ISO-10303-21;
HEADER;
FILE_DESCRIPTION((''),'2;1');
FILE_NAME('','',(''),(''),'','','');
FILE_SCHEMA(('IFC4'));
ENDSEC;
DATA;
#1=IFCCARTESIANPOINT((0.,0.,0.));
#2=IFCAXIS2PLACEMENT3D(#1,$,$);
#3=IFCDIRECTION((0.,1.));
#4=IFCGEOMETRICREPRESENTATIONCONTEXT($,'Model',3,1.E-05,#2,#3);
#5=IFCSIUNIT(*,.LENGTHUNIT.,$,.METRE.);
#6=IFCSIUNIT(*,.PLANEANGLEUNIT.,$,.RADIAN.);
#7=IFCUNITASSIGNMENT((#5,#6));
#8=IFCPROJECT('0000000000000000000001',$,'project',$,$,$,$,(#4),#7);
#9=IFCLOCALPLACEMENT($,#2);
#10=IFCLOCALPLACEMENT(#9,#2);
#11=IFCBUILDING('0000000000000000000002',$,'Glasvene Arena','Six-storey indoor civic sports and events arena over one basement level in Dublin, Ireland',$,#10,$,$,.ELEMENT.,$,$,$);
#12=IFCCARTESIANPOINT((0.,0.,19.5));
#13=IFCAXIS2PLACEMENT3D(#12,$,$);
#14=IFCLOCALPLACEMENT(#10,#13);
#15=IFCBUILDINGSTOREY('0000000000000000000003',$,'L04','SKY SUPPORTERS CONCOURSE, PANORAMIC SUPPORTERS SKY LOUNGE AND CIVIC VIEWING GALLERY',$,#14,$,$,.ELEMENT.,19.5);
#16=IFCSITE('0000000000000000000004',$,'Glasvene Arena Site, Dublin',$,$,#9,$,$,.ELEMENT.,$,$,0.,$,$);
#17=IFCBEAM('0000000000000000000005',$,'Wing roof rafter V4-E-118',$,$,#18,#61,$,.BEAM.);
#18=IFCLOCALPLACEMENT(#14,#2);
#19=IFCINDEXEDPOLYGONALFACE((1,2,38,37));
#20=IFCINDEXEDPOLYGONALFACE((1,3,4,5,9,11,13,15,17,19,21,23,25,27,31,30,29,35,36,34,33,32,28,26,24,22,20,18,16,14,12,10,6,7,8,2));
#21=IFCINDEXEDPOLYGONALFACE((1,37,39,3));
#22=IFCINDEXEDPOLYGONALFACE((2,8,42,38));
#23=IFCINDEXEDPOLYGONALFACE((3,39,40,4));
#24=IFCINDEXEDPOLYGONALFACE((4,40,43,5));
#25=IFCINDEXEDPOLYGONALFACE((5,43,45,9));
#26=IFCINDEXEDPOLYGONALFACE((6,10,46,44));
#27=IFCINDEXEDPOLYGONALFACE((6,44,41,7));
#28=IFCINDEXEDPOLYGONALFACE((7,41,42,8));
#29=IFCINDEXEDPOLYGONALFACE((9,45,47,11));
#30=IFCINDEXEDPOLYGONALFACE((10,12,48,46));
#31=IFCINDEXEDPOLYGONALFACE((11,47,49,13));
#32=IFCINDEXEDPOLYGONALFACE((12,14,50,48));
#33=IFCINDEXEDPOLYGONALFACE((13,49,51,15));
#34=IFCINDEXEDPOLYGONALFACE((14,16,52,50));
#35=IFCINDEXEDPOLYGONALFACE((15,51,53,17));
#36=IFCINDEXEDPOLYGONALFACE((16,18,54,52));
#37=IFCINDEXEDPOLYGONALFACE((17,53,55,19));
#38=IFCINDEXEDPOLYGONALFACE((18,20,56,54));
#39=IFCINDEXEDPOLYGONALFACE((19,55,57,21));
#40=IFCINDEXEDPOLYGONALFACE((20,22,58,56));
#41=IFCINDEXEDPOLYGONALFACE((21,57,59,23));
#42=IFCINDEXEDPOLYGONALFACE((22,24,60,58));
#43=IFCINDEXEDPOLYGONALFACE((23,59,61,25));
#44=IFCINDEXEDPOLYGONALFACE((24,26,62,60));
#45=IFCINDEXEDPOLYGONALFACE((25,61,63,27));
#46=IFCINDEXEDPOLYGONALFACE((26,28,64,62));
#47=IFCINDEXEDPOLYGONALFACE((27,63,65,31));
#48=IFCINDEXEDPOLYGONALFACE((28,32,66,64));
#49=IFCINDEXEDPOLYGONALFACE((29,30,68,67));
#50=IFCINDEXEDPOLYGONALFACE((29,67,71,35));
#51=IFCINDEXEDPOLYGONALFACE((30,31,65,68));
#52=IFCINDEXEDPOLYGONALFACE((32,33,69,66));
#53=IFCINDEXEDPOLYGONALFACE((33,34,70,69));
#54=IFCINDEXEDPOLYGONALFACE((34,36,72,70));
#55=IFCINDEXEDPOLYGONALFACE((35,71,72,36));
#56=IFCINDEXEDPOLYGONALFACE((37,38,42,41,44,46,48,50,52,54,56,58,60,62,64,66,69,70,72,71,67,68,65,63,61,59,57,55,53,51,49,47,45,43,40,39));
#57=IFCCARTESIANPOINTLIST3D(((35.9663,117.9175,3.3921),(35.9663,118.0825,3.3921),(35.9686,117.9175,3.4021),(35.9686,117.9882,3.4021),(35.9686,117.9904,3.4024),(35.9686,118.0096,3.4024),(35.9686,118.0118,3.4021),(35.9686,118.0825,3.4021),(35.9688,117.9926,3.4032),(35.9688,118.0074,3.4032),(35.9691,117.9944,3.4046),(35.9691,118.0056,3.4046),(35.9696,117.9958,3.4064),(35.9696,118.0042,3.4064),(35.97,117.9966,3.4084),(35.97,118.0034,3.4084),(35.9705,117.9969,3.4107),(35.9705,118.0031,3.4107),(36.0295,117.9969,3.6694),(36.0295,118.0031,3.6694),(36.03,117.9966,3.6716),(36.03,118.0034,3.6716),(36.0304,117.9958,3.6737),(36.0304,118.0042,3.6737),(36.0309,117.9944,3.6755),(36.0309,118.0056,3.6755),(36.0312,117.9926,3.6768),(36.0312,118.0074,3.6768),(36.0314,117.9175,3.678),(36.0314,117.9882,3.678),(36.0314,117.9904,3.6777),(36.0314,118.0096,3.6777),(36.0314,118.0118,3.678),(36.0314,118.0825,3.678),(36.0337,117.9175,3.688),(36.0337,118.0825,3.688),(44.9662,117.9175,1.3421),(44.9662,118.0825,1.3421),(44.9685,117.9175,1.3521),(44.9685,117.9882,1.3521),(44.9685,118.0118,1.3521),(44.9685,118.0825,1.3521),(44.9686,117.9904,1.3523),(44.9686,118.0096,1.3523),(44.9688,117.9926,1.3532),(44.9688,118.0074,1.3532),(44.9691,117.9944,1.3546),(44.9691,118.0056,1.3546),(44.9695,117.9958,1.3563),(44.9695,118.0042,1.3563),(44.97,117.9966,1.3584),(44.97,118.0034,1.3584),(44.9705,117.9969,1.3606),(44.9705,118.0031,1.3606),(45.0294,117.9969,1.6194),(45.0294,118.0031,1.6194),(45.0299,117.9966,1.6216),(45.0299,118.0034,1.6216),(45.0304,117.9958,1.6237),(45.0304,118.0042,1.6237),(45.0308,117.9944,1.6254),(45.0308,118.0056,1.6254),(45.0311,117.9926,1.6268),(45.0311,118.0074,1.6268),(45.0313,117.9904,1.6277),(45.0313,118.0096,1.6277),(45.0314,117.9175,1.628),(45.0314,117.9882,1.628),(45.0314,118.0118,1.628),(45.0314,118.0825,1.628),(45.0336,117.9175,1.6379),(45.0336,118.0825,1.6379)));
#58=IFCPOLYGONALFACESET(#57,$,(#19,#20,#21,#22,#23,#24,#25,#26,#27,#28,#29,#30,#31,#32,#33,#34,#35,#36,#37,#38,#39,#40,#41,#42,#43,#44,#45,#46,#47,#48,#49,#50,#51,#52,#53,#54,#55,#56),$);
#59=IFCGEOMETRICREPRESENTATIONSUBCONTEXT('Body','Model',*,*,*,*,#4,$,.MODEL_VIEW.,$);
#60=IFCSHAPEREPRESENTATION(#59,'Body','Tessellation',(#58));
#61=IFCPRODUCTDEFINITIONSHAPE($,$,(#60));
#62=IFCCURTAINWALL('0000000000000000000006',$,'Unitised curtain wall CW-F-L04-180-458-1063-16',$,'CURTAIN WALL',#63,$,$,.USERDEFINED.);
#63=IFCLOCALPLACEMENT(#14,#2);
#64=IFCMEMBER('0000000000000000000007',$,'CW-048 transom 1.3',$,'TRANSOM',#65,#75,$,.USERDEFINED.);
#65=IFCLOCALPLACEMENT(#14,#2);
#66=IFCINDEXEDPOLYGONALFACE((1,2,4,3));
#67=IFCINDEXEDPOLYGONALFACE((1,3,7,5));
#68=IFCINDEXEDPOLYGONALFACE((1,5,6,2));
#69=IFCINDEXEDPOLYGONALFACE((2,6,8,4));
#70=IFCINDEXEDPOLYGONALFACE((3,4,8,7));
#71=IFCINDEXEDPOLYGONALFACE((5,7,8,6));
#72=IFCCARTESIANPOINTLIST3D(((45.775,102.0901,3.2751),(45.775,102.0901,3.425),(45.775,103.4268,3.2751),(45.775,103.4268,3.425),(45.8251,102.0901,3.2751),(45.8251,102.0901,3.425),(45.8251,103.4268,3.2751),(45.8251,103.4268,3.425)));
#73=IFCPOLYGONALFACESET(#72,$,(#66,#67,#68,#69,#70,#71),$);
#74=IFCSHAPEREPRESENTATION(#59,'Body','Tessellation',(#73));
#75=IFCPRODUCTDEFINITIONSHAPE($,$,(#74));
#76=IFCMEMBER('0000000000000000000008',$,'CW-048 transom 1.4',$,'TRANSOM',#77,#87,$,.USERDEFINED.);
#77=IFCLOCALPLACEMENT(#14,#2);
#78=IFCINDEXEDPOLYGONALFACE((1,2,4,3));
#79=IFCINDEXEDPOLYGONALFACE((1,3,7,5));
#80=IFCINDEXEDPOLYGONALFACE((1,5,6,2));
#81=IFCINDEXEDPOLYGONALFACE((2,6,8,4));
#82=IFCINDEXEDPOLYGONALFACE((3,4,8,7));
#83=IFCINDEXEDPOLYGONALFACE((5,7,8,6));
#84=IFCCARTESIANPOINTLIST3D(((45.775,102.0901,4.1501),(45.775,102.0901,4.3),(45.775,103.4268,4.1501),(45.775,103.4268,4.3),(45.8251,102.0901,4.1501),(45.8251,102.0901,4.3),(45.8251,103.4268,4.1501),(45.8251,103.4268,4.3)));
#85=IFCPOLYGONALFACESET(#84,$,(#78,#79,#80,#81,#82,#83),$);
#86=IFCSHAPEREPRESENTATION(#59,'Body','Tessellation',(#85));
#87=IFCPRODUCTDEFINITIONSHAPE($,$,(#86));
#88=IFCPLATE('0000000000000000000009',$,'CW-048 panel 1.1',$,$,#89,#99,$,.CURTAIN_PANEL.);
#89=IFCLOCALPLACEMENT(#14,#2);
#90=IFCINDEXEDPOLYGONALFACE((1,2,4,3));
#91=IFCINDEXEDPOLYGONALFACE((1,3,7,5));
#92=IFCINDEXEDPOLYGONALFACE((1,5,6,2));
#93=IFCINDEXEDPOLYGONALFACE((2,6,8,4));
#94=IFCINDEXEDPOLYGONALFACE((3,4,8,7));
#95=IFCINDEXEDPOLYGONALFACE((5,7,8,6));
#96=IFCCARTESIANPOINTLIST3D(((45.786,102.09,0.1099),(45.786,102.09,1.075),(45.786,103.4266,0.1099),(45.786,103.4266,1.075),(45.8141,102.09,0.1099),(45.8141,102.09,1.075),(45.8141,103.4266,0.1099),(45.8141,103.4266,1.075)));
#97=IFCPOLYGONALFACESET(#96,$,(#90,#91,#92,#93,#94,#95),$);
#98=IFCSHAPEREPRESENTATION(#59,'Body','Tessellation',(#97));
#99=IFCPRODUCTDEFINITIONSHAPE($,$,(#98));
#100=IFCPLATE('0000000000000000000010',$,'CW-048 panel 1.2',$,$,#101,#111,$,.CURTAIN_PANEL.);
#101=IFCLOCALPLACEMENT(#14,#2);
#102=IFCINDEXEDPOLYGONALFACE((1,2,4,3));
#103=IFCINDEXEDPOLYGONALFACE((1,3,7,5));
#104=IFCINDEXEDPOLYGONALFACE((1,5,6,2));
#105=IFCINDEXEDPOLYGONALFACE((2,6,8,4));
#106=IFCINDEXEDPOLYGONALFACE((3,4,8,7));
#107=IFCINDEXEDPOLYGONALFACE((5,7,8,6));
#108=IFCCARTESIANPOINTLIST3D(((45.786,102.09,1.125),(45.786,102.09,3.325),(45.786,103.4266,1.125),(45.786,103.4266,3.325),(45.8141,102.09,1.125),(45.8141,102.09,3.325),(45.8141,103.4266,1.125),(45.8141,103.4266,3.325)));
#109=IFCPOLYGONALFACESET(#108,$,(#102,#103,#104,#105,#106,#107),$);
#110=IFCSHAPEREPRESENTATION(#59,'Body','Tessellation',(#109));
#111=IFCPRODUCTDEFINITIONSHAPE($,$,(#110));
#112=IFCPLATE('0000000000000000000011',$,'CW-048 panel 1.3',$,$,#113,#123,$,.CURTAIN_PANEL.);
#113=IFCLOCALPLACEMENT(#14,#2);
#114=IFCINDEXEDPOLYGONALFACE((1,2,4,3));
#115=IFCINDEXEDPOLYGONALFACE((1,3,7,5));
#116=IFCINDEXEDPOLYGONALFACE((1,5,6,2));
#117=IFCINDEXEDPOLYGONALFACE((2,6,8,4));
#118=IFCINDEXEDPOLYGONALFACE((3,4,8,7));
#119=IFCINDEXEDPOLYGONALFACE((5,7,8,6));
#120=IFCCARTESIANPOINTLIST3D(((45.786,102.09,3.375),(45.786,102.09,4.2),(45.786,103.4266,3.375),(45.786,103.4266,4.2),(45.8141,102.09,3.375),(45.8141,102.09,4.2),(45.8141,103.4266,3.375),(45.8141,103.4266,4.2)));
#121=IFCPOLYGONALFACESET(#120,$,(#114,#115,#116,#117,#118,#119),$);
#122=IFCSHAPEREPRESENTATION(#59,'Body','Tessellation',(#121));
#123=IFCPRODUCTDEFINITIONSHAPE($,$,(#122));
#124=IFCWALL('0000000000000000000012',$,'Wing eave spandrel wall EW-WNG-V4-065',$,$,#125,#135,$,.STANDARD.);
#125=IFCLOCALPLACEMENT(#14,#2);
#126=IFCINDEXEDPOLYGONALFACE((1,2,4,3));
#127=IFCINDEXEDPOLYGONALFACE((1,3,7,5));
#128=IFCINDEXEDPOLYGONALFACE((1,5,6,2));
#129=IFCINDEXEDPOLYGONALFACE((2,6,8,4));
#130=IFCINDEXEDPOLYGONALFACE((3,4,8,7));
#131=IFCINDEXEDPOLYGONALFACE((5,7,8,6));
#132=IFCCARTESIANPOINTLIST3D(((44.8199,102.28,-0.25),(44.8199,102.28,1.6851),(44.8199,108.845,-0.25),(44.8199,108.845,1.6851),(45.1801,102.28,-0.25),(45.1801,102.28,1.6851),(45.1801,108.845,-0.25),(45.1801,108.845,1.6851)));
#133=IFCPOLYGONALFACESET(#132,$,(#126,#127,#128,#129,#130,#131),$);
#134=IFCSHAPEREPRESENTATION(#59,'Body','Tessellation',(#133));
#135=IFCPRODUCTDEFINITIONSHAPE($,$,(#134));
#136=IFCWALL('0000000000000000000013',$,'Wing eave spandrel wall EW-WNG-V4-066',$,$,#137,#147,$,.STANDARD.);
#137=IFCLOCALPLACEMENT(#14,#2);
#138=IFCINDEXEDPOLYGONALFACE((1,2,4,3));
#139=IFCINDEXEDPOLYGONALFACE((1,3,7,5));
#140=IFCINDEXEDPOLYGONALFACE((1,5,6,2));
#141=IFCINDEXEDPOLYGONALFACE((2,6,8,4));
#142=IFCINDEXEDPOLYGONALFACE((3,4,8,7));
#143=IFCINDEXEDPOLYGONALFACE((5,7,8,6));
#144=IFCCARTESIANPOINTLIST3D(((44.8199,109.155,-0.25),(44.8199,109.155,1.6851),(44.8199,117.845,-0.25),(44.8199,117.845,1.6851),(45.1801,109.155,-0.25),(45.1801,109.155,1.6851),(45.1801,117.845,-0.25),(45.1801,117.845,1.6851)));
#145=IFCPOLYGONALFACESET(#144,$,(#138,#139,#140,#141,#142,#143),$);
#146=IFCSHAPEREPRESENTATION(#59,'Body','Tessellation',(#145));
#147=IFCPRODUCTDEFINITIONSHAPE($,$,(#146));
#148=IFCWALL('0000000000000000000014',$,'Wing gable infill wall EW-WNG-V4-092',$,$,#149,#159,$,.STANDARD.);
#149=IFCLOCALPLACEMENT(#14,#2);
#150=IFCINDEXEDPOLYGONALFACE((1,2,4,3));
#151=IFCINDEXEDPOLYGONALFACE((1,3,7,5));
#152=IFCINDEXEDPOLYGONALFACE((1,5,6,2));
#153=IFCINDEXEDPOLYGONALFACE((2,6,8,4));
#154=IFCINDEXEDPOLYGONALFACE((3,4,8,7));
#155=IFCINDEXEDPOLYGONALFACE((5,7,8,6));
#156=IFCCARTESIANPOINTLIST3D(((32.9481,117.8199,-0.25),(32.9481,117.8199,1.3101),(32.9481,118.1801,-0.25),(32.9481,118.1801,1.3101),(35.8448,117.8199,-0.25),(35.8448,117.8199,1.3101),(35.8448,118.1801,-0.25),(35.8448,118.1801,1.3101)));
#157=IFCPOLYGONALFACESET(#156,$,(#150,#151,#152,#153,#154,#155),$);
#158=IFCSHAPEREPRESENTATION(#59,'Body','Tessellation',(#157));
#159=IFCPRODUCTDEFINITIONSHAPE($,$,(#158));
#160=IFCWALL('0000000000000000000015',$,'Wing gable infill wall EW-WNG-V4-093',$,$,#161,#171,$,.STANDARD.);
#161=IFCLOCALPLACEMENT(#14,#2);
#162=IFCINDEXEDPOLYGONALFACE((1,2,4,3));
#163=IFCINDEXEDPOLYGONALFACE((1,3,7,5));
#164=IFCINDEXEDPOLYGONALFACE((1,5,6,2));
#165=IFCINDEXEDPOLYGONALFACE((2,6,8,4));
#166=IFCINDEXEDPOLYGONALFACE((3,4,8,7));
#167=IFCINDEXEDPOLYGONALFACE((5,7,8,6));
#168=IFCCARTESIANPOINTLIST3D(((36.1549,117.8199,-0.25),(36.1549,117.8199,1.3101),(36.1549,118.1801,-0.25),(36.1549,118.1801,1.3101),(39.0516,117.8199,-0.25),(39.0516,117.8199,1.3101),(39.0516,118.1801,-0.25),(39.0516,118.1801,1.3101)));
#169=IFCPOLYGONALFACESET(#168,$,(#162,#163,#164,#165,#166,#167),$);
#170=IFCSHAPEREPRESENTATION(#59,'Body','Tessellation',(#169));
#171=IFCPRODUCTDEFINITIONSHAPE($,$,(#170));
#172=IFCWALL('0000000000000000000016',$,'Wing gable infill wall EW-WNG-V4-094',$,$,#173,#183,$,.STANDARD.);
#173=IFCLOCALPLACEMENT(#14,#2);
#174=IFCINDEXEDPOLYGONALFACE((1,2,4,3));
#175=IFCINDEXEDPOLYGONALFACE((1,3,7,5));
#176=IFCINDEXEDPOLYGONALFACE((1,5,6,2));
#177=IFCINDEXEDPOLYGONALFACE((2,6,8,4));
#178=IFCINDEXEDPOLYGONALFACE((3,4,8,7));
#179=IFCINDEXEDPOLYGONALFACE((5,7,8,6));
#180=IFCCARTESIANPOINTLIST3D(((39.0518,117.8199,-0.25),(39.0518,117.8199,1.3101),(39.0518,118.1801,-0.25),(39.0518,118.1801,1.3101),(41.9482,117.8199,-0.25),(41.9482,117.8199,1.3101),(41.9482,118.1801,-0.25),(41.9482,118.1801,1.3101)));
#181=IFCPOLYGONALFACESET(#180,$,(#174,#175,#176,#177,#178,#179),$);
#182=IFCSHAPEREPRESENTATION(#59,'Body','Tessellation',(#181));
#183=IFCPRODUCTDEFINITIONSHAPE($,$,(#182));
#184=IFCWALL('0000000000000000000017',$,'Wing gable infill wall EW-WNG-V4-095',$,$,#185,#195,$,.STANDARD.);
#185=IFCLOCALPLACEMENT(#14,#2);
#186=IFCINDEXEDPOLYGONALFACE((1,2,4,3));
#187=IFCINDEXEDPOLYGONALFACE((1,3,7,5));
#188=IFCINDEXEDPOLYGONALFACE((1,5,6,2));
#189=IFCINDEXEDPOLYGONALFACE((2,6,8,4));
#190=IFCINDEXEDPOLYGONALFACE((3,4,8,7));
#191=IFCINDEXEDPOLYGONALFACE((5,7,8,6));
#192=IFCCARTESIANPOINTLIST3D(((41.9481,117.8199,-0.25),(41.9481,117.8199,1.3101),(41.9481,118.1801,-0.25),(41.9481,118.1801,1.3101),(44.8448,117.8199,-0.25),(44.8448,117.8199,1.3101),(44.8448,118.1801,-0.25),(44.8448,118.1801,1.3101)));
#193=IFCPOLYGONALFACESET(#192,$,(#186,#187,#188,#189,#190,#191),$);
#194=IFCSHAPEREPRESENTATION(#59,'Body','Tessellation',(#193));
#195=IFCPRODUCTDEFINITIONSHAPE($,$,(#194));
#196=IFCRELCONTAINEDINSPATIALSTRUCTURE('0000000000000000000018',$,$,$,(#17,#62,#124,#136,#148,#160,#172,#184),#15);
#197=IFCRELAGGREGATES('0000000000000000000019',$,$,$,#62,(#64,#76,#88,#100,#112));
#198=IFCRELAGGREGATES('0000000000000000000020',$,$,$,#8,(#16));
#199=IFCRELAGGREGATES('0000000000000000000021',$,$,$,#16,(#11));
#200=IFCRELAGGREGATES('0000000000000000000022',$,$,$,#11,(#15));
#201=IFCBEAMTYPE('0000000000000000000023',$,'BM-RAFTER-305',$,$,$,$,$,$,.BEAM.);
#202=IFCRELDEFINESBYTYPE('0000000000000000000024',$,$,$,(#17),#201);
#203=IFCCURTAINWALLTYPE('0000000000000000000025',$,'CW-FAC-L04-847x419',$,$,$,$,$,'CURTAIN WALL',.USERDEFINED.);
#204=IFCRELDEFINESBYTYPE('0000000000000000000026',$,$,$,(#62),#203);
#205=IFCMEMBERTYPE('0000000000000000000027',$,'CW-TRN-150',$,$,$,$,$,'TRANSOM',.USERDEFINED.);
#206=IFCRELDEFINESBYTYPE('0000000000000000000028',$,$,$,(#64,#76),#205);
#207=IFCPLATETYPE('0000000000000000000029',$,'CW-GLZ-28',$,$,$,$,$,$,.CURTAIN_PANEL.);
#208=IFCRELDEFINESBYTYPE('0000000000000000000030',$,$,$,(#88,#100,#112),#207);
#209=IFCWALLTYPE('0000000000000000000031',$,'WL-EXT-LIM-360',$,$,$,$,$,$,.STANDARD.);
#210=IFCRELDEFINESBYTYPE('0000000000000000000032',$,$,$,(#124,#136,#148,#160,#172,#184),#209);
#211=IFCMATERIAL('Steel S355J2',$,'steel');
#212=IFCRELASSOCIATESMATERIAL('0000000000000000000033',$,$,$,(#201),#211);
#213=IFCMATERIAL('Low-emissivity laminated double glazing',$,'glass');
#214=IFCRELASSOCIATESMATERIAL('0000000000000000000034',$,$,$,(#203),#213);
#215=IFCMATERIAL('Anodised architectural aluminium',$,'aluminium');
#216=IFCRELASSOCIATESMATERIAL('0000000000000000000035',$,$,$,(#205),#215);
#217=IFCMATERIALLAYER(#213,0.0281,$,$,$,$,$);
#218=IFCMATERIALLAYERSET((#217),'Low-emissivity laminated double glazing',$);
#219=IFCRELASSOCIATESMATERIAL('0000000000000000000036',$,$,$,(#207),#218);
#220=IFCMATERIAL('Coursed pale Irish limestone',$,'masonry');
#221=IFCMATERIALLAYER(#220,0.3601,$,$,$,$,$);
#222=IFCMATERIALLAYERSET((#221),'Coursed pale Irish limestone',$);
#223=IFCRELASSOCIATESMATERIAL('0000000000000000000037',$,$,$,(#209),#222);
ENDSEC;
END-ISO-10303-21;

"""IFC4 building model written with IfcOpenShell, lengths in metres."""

from ifc_helpers import new_model, si_unit, direction, frame, frame_2d, origin, origin_2d, place, context, subcontext, project, spatial, rectangle, i_section, extrude, material, layer, layer_set, material_profile, profile_set, type_object, element, aggregate, save


model = new_model("IFC4")

# Units and contexts
model_context = context("Model", 3, precision=1e-05, world=origin(), true_north=direction((0.0, 1.0)))
body_context = subcontext(model_context, "Body", "Model", "MODEL_VIEW")
ifc_project = project(units=[si_unit("LENGTHUNIT", "METRE"), si_unit("PLANEANGLEUNIT", "RADIAN")], contexts=[model_context])

# Site, building, storey
site_placement = place(None, origin())
site = spatial("IfcSite", under=ifc_project, at=site_placement, Name="Glasvene Arena Site, Dublin", CompositionType="ELEMENT", RefElevation=0.0)
building_placement = place(site_placement, origin())
building = spatial("IfcBuilding", under=site, at=building_placement, Name="Glasvene Arena", Description="Six-storey indoor civic sports and events arena over one basement level in Dublin, Ireland", CompositionType="ELEMENT")
storey_placement = place(building_placement, frame((0.0, 0.0, 19.5)))
storey = spatial("IfcBuildingStorey", under=building, at=storey_placement, Name="L04", Description="SKY SUPPORTERS CONCOURSE, PANORAMIC SUPPORTERS SKY LOUNGE AND CIVIC VIEWING GALLERY", CompositionType="ELEMENT", Elevation=19.5)

# Shared definitions
ifc_material_1 = material(Name="Steel S355J2", Category="steel")

# Beam
ifc_material_profile_1 = material_profile(ifc_material_1, i_section(OverallWidth=0.165, OverallDepth=0.3035, WebThickness=0.0061, FlangeThickness=0.0103, FilletRadius=0.0088, at=origin_2d()), Name="UKB 305x165x40")
ifc_profile_set_1 = profile_set([ifc_material_profile_1], Name="Steel S355J2")
beam_type_1 = type_object("IfcBeamType", Name="BM-RAFTER-305", PredefinedType="BEAM", material=ifc_profile_set_1)
for number, where, z_axis, x_axis, name in (
    (1, (36.0, 118.0, 3.54), (0.975025, 0.0, -0.222094), (0.0, 1.0, 0.0), "Wing roof rafter V4-E-118"),
):
    element("IfcBeam", number, at=place(storey_placement, frame(where, z_axis=z_axis, x_axis=x_axis)), inside=storey, type_object=beam_type_1, Name=name, PredefinedType="BEAM", context=body_context, shape_type="SweptSolid", body=[
        extrude(i_section(OverallWidth=0.165, OverallDepth=0.3035, WebThickness=0.0061, FlangeThickness=0.0103, FilletRadius=0.0088, at=origin_2d()), origin(), (0.0, 0.0, 1.0), 9.2305),
    ])

# Curtain wall, members, plates
ifc_material_2 = material(Name="Low-emissivity laminated double glazing", Category="glass")
curtain_wall_type = type_object("IfcCurtainWallType", Name="CW-FAC-L04-847x419", ElementType="CURTAIN WALL", PredefinedType="USERDEFINED", material=ifc_material_2)
curtain_wall_placement = place(storey_placement, frame((45.8, 102.04, 0.0)))
curtain_wall = element("IfcCurtainWall", 2, at=curtain_wall_placement, inside=storey, type_object=curtain_wall_type, Name="Unitised curtain wall CW-F-L04-180-458-1063-16", ObjectType="CURTAIN WALL", PredefinedType="USERDEFINED")
ifc_material_3 = material(Name="Anodised architectural aluminium", Category="aluminium")
ifc_material_profile_2 = material_profile(ifc_material_3, rectangle(XDim=0.05, YDim=0.1499, at=origin_2d()), Name="ALU TRANSOM 50x150")
ifc_profile_set_2 = profile_set([ifc_material_profile_2], Name="Anodised architectural aluminium")
member_type = type_object("IfcMemberType", Name="CW-TRN-150", ElementType="TRANSOM", PredefinedType="USERDEFINED", material=ifc_profile_set_2)
member_1_placement = place(storey_placement, frame((45.8, 102.0901, 3.3501), z_axis=(0.0, 1.0, 0.0), x_axis=(-1.0, 0.0, 0.0)))
member_1 = element("IfcMember", 3, at=member_1_placement, type_object=member_type, Name="CW-048 transom 1.3", ObjectType="TRANSOM", PredefinedType="USERDEFINED", context=body_context, shape_type="SweptSolid", body=[
    extrude(rectangle(XDim=0.05, YDim=0.1499, at=origin_2d()), origin(), (0.0, 0.0, 1.0), 1.3367),
])
member_2_placement = place(storey_placement, frame((45.8, 102.0901, 4.2251), z_axis=(0.0, 1.0, 0.0), x_axis=(-1.0, 0.0, 0.0)))
member_2 = element("IfcMember", 4, at=member_2_placement, type_object=member_type, Name="CW-048 transom 1.4", ObjectType="TRANSOM", PredefinedType="USERDEFINED", context=body_context, shape_type="SweptSolid", body=[
    extrude(rectangle(XDim=0.05, YDim=0.1499, at=origin_2d()), origin(), (0.0, 0.0, 1.0), 1.3367),
])
ifc_layer_1 = layer(ifc_material_2, 0.0281)
ifc_layer_set_1 = layer_set([ifc_layer_1], Name="Low-emissivity laminated double glazing")
plate_type = type_object("IfcPlateType", Name="CW-GLZ-28", PredefinedType="CURTAIN_PANEL", material=ifc_layer_set_1)
plate_1_placement = place(storey_placement, frame((45.8, 102.7583, 0.1099), z_axis=(0.0, 0.0, 1.0), x_axis=(0.0, 1.0, 0.0)))
plate_1 = element("IfcPlate", 5, at=plate_1_placement, type_object=plate_type, Name="CW-048 panel 1.1", PredefinedType="CURTAIN_PANEL", context=body_context, shape_type="SweptSolid", body=[
    extrude(rectangle(XDim=1.3367, YDim=0.0281, at=origin_2d()), origin(), (0.0, 0.0, 1.0), 0.9651),
])
plate_2_placement = place(storey_placement, frame((45.8, 102.7583, 1.125), z_axis=(0.0, 0.0, 1.0), x_axis=(0.0, 1.0, 0.0)))
plate_2 = element("IfcPlate", 6, at=plate_2_placement, type_object=plate_type, Name="CW-048 panel 1.2", PredefinedType="CURTAIN_PANEL", context=body_context, shape_type="SweptSolid", body=[
    extrude(rectangle(XDim=1.3367, YDim=0.0281, at=origin_2d()), origin(), (0.0, 0.0, 1.0), 2.2),
])
plate_3_placement = place(storey_placement, frame((45.8, 102.7583, 3.375), z_axis=(0.0, 0.0, 1.0), x_axis=(0.0, 1.0, 0.0)))
plate_3 = element("IfcPlate", 7, at=plate_3_placement, type_object=plate_type, Name="CW-048 panel 1.3", PredefinedType="CURTAIN_PANEL", context=body_context, shape_type="SweptSolid", body=[
    extrude(rectangle(XDim=1.3367, YDim=0.0281, at=origin_2d()), origin(), (0.0, 0.0, 1.0), 0.825),
])
aggregate(curtain_wall, [member_1, member_2, plate_1, plate_2, plate_3])

# Walls
ifc_material_4 = material(Name="Coursed pale Irish limestone", Category="masonry")
ifc_layer_2 = layer(ifc_material_4, 0.3601)
ifc_layer_set_2 = layer_set([ifc_layer_2], Name="Coursed pale Irish limestone")
wall_type = type_object("IfcWallType", Name="WL-EXT-LIM-360", PredefinedType="STANDARD", material=ifc_layer_set_2)
wall_1_placement = place(storey_placement, frame((45.0, 102.28, -0.25), z_axis=(0.0, 0.0, 1.0), x_axis=(0.0, 1.0, 0.0)))
element("IfcWall", 8, at=wall_1_placement, inside=storey, type_object=wall_type, Name="Wing eave spandrel wall EW-WNG-V4-065", PredefinedType="STANDARD", context=body_context, shape_type="SweptSolid", body=[
    extrude(rectangle(XDim=6.5649, YDim=0.3601, at=frame_2d((3.2825, 0.0))), origin(), (0.0, 0.0, 1.0), 1.9351),
])
wall_2_placement = place(storey_placement, frame((45.0, 109.155, -0.25), z_axis=(0.0, 0.0, 1.0), x_axis=(0.0, 1.0, 0.0)))
element("IfcWall", 9, at=wall_2_placement, inside=storey, type_object=wall_type, Name="Wing eave spandrel wall EW-WNG-V4-066", PredefinedType="STANDARD", context=body_context, shape_type="SweptSolid", body=[
    extrude(rectangle(XDim=8.6899, YDim=0.3601, at=frame_2d((4.345, 0.0))), origin(), (0.0, 0.0, 1.0), 1.9351),
])
for number, where, z_axis, x_axis, name in (
    (10, (32.9482, 118.0, -0.25), (0.0, 0.0, 1.0), (1.0, 0.0, 0.0), "Wing gable infill wall EW-WNG-V4-092"),
    (11, (36.155, 118.0, -0.25), (0.0, 0.0, 1.0), (1.0, 0.0, 0.0), "Wing gable infill wall EW-WNG-V4-093"),
):
    element("IfcWall", number, at=place(storey_placement, frame(where, z_axis=z_axis, x_axis=x_axis)), inside=storey, type_object=wall_type, Name=name, PredefinedType="STANDARD", context=body_context, shape_type="SweptSolid", body=[
        extrude(rectangle(XDim=2.8967, YDim=0.3601, at=frame_2d((1.4482, 0.0))), origin(), (0.0, 0.0, 1.0), 1.5601),
    ])
wall_3_placement = place(storey_placement, frame((39.0518, 118.0, -0.25), z_axis=(0.0, 0.0, 1.0), x_axis=(1.0, 0.0, 0.0)))
element("IfcWall", 12, at=wall_3_placement, inside=storey, type_object=wall_type, Name="Wing gable infill wall EW-WNG-V4-094", PredefinedType="STANDARD", context=body_context, shape_type="SweptSolid", body=[
    extrude(rectangle(XDim=2.8965, YDim=0.3601, at=frame_2d((1.4482, 0.0))), origin(), (0.0, 0.0, 1.0), 1.5601),
])
wall_4_placement = place(storey_placement, frame((41.9482, 118.0, -0.25), z_axis=(0.0, 0.0, 1.0), x_axis=(1.0, 0.0, 0.0)))
element("IfcWall", 13, at=wall_4_placement, inside=storey, type_object=wall_type, Name="Wing gable infill wall EW-WNG-V4-095", PredefinedType="STANDARD", context=body_context, shape_type="SweptSolid", body=[
    extrude(rectangle(XDim=2.8967, YDim=0.3601, at=frame_2d((1.4482, 0.0))), origin(), (0.0, 0.0, 1.0), 1.5601),
])

save(model, "model.ifc")
